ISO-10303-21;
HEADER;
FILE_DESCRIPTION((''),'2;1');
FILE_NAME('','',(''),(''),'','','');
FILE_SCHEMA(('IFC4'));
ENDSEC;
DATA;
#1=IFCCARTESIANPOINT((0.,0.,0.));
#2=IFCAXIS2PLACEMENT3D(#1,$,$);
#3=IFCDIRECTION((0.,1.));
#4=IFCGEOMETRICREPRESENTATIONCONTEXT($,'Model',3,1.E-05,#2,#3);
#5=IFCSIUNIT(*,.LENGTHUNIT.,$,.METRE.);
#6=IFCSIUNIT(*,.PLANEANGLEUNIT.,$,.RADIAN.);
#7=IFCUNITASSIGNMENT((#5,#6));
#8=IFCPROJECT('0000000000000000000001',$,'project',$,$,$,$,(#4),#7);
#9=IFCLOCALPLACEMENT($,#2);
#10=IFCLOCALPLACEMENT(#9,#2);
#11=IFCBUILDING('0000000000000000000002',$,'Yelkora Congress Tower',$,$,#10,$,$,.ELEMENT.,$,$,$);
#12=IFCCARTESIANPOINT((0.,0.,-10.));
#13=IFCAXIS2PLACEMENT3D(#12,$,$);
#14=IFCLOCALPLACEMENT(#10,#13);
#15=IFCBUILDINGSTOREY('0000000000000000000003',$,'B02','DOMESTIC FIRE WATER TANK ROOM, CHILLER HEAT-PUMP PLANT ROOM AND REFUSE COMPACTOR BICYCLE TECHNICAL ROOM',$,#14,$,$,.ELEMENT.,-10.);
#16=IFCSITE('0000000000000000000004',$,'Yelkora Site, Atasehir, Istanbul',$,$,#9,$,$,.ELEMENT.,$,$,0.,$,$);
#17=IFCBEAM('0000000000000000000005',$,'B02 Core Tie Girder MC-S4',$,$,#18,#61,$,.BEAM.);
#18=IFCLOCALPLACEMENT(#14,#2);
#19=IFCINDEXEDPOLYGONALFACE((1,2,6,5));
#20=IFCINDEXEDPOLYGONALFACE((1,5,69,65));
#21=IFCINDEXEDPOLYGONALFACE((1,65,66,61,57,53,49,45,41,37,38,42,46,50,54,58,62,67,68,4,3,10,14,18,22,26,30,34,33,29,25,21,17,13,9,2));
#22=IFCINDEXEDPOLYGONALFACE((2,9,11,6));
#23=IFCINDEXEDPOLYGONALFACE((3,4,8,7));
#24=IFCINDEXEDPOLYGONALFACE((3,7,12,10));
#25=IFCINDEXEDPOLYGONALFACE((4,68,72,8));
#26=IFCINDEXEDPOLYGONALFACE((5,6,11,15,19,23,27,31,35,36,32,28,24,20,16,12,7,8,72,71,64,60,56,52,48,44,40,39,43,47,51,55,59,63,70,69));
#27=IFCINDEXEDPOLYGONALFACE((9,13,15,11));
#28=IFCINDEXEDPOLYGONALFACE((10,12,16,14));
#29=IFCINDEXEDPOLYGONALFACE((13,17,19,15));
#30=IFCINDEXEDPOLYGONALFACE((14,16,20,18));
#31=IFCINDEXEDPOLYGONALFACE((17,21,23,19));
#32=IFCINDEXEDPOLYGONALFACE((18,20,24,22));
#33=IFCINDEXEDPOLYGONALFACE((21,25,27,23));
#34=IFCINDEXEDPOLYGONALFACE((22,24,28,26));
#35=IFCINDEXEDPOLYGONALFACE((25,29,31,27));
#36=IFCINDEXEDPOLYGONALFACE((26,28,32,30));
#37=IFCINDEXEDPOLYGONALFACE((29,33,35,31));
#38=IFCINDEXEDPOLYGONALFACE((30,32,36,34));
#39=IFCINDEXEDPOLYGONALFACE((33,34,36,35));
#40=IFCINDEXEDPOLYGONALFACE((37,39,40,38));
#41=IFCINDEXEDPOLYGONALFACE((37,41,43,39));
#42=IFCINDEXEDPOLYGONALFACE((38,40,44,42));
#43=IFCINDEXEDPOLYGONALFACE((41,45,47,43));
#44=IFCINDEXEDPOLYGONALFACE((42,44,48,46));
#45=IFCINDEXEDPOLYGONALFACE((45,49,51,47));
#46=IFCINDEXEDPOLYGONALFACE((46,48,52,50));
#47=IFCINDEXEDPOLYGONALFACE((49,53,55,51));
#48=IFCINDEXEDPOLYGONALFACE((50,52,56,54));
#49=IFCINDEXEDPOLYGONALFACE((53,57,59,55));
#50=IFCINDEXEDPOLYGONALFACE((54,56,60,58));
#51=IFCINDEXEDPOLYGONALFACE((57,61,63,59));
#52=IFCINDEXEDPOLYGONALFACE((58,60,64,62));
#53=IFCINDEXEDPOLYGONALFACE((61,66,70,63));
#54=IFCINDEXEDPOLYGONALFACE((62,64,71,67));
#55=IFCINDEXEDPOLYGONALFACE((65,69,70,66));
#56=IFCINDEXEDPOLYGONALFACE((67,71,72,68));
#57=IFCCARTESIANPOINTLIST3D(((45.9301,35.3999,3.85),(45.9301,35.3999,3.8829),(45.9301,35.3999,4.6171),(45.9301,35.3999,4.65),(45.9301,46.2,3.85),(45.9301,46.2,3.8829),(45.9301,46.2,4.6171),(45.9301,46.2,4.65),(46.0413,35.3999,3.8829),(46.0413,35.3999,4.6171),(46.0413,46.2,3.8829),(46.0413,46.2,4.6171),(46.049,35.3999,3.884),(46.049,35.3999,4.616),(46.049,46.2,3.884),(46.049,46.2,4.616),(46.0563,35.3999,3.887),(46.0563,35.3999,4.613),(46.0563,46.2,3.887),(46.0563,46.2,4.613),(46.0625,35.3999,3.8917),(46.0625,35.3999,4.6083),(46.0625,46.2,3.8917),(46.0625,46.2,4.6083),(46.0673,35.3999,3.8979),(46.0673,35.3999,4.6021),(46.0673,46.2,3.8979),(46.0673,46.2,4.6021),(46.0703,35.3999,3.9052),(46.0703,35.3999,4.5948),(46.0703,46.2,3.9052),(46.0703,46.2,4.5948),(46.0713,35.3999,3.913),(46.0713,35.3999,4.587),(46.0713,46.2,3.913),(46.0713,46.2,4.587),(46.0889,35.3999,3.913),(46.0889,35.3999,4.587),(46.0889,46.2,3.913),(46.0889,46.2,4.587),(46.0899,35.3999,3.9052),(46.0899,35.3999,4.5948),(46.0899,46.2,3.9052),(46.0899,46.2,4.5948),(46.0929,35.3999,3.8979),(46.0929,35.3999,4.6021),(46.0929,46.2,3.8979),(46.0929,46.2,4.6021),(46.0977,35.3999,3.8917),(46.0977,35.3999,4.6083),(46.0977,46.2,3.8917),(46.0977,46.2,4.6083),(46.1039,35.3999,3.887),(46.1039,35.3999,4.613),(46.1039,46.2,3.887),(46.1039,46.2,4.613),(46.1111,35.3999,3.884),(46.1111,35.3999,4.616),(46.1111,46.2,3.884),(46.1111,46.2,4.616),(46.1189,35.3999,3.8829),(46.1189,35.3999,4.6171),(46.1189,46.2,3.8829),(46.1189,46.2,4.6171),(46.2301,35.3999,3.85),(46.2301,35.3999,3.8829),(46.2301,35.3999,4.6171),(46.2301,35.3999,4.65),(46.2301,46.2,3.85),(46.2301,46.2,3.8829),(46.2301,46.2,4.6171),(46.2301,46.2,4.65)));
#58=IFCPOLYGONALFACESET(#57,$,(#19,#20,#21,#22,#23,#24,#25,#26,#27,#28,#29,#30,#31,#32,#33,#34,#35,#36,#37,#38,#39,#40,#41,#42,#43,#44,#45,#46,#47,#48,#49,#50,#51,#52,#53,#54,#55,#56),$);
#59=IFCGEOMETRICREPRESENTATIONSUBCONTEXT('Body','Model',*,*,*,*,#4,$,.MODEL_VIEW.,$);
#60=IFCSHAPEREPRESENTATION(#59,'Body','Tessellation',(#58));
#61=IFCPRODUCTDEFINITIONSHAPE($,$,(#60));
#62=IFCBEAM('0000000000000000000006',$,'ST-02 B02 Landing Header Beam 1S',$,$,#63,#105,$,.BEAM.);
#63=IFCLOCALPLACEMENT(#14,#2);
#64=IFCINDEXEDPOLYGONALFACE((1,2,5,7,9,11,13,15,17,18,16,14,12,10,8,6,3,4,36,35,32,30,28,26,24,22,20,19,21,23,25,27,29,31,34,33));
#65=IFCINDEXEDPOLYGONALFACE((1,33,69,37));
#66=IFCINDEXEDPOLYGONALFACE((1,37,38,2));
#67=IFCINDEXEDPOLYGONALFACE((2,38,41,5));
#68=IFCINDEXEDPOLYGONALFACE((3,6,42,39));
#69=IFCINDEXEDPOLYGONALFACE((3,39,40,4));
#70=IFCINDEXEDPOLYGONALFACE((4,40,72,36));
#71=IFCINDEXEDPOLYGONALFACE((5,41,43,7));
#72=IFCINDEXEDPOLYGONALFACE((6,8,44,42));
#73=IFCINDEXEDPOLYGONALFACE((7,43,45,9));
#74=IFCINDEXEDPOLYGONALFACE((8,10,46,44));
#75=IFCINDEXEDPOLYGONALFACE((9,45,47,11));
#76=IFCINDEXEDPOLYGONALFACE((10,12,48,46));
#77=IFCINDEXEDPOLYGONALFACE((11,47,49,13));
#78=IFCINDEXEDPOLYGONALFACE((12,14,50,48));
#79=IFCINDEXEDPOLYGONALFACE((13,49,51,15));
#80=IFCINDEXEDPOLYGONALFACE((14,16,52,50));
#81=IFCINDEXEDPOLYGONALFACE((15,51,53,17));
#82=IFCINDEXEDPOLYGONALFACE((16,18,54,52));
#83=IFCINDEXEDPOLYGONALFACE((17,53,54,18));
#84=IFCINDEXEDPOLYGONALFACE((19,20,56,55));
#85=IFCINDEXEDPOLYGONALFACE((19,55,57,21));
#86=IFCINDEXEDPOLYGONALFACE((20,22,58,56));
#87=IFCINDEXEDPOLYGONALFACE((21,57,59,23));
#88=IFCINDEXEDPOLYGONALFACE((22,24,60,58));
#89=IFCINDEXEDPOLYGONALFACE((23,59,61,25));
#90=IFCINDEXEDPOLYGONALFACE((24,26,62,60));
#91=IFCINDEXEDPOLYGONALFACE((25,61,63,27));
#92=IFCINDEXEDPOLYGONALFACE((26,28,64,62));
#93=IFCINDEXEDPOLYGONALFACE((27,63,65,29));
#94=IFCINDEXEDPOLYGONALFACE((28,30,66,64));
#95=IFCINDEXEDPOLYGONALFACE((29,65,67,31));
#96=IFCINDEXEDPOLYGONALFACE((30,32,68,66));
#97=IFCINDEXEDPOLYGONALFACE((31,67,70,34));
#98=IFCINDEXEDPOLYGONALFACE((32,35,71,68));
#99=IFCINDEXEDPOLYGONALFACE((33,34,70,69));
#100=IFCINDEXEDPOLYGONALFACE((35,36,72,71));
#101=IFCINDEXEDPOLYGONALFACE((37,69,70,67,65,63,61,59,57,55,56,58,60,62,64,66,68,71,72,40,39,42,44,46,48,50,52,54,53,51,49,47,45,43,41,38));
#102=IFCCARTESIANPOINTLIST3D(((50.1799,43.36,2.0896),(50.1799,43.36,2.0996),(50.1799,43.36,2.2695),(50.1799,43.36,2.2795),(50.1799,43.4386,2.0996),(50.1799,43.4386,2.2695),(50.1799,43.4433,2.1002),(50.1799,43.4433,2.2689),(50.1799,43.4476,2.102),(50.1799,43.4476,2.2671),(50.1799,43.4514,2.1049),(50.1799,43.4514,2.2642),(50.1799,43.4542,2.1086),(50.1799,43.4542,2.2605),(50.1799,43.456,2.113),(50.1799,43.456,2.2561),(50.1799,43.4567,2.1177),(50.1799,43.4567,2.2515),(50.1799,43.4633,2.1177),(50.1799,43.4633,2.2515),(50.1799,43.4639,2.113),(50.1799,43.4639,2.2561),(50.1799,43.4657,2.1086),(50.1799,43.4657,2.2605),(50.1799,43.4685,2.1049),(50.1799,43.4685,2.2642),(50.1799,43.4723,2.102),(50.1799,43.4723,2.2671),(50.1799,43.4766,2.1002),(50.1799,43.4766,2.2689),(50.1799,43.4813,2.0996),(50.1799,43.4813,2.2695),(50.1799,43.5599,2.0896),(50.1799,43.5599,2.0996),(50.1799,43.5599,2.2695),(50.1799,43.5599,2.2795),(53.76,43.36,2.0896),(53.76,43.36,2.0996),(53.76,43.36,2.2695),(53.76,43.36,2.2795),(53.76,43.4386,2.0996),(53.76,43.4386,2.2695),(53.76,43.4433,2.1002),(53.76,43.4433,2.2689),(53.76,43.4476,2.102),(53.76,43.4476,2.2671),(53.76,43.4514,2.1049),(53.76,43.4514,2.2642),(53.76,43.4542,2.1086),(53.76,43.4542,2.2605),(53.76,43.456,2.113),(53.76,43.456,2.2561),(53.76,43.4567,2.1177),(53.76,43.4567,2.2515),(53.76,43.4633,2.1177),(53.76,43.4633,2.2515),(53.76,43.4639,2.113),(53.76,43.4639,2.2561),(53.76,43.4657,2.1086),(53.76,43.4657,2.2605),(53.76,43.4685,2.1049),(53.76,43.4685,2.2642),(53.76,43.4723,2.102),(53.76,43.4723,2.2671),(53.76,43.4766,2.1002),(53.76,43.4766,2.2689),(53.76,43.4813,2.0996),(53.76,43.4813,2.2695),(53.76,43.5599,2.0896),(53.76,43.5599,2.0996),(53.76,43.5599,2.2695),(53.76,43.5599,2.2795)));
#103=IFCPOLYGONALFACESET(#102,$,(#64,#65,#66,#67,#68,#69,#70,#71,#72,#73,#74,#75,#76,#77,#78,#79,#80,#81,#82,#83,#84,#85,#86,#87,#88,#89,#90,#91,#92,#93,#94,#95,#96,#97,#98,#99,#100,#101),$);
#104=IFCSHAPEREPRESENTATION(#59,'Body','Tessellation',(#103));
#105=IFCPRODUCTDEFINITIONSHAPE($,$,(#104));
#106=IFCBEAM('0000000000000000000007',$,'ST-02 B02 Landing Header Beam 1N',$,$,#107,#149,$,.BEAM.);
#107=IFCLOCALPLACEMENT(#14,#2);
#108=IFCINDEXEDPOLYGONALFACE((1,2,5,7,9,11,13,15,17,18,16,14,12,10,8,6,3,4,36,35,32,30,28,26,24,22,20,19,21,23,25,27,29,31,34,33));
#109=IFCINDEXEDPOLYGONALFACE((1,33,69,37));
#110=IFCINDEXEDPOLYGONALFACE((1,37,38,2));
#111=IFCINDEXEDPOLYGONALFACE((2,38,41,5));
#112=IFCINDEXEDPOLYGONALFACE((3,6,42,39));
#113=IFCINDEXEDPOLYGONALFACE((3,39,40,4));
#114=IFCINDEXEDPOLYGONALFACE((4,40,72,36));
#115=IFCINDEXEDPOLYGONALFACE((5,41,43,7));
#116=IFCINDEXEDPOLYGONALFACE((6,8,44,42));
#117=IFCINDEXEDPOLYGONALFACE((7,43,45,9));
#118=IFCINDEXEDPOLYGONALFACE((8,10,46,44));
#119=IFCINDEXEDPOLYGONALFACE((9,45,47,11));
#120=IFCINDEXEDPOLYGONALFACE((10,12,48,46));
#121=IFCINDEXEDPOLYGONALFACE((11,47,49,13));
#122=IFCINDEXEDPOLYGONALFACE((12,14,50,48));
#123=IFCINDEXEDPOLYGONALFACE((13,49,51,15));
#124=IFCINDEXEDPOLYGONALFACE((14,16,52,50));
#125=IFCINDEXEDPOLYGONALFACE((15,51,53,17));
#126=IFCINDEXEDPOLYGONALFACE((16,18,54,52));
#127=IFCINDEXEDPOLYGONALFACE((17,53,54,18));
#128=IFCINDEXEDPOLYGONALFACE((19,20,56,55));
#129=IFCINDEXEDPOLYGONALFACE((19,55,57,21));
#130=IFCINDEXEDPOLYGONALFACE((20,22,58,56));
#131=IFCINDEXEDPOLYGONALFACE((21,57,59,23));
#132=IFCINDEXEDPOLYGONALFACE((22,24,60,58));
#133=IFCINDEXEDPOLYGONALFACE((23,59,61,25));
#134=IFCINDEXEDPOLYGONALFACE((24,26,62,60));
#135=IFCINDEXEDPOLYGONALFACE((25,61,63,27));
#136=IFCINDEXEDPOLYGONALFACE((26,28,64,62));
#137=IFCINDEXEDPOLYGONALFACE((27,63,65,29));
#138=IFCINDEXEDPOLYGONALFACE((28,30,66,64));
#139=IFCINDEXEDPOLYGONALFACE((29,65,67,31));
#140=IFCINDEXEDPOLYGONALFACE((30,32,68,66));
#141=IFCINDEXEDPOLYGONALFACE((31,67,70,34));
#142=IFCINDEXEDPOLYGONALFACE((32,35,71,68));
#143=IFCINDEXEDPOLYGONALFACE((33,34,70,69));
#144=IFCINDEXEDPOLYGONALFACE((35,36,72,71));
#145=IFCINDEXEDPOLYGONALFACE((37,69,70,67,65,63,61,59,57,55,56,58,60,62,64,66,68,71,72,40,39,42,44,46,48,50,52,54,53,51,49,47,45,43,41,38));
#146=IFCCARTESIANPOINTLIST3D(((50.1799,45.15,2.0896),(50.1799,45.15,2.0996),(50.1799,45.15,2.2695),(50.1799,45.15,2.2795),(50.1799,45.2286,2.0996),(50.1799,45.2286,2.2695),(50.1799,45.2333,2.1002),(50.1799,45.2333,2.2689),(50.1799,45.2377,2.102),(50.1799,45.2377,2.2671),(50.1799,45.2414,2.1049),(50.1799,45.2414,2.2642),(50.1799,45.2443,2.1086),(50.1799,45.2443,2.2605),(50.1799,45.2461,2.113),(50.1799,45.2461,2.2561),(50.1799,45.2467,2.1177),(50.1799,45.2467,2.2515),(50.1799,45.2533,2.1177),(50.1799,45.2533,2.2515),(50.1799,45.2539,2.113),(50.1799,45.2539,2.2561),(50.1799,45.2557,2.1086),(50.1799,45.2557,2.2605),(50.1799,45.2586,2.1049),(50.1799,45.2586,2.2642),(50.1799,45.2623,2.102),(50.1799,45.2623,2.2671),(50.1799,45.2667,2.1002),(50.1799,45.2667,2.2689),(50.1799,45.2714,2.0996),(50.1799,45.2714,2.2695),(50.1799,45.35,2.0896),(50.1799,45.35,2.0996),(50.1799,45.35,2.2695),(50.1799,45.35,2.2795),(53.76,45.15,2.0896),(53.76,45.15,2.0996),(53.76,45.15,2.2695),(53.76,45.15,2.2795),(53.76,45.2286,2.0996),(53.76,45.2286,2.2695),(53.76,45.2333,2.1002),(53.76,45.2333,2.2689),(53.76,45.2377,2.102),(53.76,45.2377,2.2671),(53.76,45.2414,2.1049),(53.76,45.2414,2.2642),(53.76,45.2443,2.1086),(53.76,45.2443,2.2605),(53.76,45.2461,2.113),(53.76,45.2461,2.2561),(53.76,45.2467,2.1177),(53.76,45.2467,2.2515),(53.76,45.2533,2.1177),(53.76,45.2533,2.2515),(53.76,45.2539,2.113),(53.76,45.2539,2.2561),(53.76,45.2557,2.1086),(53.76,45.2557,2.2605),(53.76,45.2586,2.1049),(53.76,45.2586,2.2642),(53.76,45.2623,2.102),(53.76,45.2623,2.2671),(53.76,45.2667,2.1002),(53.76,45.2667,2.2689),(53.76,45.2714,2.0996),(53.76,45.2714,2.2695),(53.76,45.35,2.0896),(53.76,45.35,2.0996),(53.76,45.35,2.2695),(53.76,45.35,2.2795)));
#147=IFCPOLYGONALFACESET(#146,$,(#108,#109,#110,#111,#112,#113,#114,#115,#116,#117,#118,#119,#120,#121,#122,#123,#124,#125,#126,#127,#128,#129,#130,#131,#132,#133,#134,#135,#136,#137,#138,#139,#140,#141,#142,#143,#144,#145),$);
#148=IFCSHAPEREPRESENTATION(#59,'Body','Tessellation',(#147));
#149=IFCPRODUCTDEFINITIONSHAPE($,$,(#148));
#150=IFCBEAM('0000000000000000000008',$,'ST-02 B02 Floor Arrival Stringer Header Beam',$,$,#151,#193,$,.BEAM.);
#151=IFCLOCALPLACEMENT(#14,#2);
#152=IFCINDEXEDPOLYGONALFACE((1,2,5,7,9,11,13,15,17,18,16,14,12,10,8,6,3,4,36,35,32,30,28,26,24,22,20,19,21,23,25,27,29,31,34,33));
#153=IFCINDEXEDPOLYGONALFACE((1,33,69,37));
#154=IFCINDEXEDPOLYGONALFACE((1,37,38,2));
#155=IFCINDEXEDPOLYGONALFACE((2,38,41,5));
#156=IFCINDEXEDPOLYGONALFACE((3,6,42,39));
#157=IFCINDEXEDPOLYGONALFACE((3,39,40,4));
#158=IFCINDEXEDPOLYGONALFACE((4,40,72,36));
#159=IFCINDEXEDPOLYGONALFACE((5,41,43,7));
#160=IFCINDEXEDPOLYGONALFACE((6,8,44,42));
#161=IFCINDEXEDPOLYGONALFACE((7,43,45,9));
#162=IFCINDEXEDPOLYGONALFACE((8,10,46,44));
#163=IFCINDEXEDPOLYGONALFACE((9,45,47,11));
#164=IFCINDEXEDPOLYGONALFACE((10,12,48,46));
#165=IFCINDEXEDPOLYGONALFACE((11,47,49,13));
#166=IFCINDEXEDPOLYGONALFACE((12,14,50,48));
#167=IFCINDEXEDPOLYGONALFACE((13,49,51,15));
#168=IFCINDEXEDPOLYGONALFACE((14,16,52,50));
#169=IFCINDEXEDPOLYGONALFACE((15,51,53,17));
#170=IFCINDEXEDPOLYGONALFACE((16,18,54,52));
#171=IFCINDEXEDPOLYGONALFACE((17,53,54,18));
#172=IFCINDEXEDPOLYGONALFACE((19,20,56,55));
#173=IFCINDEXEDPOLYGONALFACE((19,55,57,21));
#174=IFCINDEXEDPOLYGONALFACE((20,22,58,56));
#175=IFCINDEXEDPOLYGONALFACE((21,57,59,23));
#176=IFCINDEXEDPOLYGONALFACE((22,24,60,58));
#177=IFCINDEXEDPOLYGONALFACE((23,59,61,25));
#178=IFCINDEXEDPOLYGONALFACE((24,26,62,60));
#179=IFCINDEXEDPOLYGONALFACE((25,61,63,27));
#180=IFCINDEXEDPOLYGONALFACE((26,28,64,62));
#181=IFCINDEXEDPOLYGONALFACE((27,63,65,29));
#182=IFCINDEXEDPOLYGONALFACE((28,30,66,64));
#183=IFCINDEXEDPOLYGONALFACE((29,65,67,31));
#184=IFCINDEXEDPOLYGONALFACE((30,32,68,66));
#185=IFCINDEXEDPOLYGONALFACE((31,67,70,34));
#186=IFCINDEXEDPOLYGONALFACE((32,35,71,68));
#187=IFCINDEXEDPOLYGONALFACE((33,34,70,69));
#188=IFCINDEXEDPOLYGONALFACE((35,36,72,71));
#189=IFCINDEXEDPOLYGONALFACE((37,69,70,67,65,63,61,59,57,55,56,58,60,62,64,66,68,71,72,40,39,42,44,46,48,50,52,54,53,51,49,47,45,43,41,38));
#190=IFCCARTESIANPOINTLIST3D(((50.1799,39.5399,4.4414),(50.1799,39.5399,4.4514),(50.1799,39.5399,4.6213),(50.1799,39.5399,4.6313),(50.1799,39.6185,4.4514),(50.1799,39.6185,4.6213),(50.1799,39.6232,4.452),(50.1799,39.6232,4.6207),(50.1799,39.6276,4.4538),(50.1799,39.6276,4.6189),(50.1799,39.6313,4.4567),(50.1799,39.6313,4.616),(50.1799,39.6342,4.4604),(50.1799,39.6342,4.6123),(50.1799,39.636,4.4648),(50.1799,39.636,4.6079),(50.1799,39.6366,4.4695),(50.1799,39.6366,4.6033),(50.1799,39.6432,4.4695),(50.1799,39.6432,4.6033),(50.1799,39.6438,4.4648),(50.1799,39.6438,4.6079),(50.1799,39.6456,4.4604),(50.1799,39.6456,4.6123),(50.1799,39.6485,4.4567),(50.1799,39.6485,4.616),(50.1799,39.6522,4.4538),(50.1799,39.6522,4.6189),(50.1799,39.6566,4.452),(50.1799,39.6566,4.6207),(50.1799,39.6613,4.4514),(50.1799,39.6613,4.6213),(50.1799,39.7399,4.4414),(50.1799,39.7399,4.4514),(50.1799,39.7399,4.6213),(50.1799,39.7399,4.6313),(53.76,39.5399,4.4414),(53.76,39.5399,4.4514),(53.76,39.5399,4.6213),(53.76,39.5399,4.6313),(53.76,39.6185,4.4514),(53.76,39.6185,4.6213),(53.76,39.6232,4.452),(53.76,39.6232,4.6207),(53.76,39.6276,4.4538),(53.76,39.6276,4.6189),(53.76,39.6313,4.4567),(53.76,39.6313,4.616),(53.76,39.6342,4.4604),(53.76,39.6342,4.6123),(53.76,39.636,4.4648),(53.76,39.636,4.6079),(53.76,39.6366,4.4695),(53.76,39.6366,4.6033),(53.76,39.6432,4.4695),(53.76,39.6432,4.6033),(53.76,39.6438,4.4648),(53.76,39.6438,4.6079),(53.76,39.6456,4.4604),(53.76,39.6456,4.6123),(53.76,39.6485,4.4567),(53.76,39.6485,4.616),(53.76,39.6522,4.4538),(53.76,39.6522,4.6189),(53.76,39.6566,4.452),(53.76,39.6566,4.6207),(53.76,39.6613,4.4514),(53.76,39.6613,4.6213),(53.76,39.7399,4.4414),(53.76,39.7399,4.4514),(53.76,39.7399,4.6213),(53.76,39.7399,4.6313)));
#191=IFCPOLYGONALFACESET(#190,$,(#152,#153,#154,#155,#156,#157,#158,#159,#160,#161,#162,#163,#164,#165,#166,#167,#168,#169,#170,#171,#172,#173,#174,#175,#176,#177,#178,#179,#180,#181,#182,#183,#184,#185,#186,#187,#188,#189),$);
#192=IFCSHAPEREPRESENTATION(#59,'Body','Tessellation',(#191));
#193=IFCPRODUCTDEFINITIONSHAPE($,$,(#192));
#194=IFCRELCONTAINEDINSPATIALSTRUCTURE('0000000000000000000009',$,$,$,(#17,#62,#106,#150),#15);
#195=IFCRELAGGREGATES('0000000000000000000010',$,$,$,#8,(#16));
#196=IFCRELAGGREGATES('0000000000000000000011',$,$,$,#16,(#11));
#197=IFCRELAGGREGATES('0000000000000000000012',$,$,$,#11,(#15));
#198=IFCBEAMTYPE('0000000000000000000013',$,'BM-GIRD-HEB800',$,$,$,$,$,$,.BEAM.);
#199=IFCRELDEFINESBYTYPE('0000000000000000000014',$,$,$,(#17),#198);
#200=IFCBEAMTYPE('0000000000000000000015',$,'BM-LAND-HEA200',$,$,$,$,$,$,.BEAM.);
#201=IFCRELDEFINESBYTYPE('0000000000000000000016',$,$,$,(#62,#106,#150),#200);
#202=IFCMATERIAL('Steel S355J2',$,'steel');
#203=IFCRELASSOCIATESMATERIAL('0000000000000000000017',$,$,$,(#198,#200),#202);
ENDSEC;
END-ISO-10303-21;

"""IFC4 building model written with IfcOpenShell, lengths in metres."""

from ifc_helpers import new_model, si_unit, direction, frame, origin, origin_2d, place, context, subcontext, project, spatial, i_section, extrude, material, material_profile, profile_set, type_object, element, save


model = new_model("IFC4")

# Units and contexts
model_context = context("Model", 3, precision=1e-05, world=origin(), true_north=direction((0.0, 1.0)))
body_context = subcontext(model_context, "Body", "Model", "MODEL_VIEW")
ifc_project = project(units=[si_unit("LENGTHUNIT", "METRE"), si_unit("PLANEANGLEUNIT", "RADIAN")], contexts=[model_context])

# Site, building, storey
site_placement = place(None, origin())
site = spatial("IfcSite", under=ifc_project, at=site_placement, Name="Yelkora Site, Atasehir, Istanbul", CompositionType="ELEMENT", RefElevation=0.0)
building_placement = place(site_placement, origin())
building = spatial("IfcBuilding", under=site, at=building_placement, Name="Yelkora Congress Tower", CompositionType="ELEMENT")
storey_placement = place(building_placement, frame((0.0, 0.0, -10.0)))
storey = spatial("IfcBuildingStorey", under=building, at=storey_placement, Name="B02", Description="DOMESTIC FIRE WATER TANK ROOM, CHILLER HEAT-PUMP PLANT ROOM AND REFUSE COMPACTOR BICYCLE TECHNICAL ROOM", CompositionType="ELEMENT", Elevation=-10.0)

# Beams
ifc_material_1 = material(Name="Steel S355J2", Category="steel")
ifc_material_profile_1 = material_profile(ifc_material_1, i_section(OverallWidth=0.3, OverallDepth=0.8, WebThickness=0.0176, FlangeThickness=0.033, FilletRadius=0.03, at=origin_2d()), Name="HEB 800")
ifc_profile_set_1 = profile_set([ifc_material_profile_1], Name="Steel S355J2")
beam_type_1 = type_object("IfcBeamType", Name="BM-GIRD-HEB800", PredefinedType="BEAM", material=ifc_profile_set_1)
beam_1_placement = place(storey_placement, frame((46.0801, 35.3999, 4.25), z_axis=(0.0, 1.0, 0.0), x_axis=(-1.0, 0.0, 0.0)))
element("IfcBeam", 1, at=beam_1_placement, inside=storey, type_object=beam_type_1, Name="B02 Core Tie Girder MC-S4", PredefinedType="BEAM", context=body_context, shape_type="SweptSolid", body=[
    extrude(i_section(OverallWidth=0.3, OverallDepth=0.8, WebThickness=0.0176, FlangeThickness=0.033, FilletRadius=0.03, at=origin_2d()), origin(), (0.0, 0.0, 1.0), 10.8),
])
ifc_material_profile_2 = material_profile(ifc_material_1, i_section(OverallWidth=0.2, OverallDepth=0.1899, WebThickness=0.0066, FlangeThickness=0.01, FilletRadius=0.0181, at=origin_2d()), Name="HEA 200")
ifc_profile_set_2 = profile_set([ifc_material_profile_2], Name="Steel S355J2")
beam_type_2 = type_object("IfcBeamType", Name="BM-LAND-HEA200", PredefinedType="BEAM", material=ifc_profile_set_2)
for number, where, z_axis, x_axis, name in (
    (2, (50.1799, 43.46, 2.1846), (1.0, 0.0, 0.0), (0.0, 1.0, 0.0), "ST-02 B02 Landing Header Beam 1S"),
    (3, (50.1799, 45.25, 2.1846), (1.0, 0.0, 0.0), (0.0, 1.0, 0.0), "ST-02 B02 Landing Header Beam 1N"),
    (4, (50.1799, 39.6399, 4.5364), (1.0, 0.0, 0.0), (0.0, 1.0, 0.0), "ST-02 B02 Floor Arrival Stringer Header Beam"),
):
    element("IfcBeam", number, at=place(storey_placement, frame(where, z_axis=z_axis, x_axis=x_axis)), inside=storey, type_object=beam_type_2, Name=name, PredefinedType="BEAM", context=body_context, shape_type="SweptSolid", body=[
        extrude(i_section(OverallWidth=0.2, OverallDepth=0.1899, WebThickness=0.0066, FlangeThickness=0.01, FilletRadius=0.0181, at=origin_2d()), origin(), (0.0, 0.0, 1.0), 3.5801),
    ])

save(model, "model.ifc")
